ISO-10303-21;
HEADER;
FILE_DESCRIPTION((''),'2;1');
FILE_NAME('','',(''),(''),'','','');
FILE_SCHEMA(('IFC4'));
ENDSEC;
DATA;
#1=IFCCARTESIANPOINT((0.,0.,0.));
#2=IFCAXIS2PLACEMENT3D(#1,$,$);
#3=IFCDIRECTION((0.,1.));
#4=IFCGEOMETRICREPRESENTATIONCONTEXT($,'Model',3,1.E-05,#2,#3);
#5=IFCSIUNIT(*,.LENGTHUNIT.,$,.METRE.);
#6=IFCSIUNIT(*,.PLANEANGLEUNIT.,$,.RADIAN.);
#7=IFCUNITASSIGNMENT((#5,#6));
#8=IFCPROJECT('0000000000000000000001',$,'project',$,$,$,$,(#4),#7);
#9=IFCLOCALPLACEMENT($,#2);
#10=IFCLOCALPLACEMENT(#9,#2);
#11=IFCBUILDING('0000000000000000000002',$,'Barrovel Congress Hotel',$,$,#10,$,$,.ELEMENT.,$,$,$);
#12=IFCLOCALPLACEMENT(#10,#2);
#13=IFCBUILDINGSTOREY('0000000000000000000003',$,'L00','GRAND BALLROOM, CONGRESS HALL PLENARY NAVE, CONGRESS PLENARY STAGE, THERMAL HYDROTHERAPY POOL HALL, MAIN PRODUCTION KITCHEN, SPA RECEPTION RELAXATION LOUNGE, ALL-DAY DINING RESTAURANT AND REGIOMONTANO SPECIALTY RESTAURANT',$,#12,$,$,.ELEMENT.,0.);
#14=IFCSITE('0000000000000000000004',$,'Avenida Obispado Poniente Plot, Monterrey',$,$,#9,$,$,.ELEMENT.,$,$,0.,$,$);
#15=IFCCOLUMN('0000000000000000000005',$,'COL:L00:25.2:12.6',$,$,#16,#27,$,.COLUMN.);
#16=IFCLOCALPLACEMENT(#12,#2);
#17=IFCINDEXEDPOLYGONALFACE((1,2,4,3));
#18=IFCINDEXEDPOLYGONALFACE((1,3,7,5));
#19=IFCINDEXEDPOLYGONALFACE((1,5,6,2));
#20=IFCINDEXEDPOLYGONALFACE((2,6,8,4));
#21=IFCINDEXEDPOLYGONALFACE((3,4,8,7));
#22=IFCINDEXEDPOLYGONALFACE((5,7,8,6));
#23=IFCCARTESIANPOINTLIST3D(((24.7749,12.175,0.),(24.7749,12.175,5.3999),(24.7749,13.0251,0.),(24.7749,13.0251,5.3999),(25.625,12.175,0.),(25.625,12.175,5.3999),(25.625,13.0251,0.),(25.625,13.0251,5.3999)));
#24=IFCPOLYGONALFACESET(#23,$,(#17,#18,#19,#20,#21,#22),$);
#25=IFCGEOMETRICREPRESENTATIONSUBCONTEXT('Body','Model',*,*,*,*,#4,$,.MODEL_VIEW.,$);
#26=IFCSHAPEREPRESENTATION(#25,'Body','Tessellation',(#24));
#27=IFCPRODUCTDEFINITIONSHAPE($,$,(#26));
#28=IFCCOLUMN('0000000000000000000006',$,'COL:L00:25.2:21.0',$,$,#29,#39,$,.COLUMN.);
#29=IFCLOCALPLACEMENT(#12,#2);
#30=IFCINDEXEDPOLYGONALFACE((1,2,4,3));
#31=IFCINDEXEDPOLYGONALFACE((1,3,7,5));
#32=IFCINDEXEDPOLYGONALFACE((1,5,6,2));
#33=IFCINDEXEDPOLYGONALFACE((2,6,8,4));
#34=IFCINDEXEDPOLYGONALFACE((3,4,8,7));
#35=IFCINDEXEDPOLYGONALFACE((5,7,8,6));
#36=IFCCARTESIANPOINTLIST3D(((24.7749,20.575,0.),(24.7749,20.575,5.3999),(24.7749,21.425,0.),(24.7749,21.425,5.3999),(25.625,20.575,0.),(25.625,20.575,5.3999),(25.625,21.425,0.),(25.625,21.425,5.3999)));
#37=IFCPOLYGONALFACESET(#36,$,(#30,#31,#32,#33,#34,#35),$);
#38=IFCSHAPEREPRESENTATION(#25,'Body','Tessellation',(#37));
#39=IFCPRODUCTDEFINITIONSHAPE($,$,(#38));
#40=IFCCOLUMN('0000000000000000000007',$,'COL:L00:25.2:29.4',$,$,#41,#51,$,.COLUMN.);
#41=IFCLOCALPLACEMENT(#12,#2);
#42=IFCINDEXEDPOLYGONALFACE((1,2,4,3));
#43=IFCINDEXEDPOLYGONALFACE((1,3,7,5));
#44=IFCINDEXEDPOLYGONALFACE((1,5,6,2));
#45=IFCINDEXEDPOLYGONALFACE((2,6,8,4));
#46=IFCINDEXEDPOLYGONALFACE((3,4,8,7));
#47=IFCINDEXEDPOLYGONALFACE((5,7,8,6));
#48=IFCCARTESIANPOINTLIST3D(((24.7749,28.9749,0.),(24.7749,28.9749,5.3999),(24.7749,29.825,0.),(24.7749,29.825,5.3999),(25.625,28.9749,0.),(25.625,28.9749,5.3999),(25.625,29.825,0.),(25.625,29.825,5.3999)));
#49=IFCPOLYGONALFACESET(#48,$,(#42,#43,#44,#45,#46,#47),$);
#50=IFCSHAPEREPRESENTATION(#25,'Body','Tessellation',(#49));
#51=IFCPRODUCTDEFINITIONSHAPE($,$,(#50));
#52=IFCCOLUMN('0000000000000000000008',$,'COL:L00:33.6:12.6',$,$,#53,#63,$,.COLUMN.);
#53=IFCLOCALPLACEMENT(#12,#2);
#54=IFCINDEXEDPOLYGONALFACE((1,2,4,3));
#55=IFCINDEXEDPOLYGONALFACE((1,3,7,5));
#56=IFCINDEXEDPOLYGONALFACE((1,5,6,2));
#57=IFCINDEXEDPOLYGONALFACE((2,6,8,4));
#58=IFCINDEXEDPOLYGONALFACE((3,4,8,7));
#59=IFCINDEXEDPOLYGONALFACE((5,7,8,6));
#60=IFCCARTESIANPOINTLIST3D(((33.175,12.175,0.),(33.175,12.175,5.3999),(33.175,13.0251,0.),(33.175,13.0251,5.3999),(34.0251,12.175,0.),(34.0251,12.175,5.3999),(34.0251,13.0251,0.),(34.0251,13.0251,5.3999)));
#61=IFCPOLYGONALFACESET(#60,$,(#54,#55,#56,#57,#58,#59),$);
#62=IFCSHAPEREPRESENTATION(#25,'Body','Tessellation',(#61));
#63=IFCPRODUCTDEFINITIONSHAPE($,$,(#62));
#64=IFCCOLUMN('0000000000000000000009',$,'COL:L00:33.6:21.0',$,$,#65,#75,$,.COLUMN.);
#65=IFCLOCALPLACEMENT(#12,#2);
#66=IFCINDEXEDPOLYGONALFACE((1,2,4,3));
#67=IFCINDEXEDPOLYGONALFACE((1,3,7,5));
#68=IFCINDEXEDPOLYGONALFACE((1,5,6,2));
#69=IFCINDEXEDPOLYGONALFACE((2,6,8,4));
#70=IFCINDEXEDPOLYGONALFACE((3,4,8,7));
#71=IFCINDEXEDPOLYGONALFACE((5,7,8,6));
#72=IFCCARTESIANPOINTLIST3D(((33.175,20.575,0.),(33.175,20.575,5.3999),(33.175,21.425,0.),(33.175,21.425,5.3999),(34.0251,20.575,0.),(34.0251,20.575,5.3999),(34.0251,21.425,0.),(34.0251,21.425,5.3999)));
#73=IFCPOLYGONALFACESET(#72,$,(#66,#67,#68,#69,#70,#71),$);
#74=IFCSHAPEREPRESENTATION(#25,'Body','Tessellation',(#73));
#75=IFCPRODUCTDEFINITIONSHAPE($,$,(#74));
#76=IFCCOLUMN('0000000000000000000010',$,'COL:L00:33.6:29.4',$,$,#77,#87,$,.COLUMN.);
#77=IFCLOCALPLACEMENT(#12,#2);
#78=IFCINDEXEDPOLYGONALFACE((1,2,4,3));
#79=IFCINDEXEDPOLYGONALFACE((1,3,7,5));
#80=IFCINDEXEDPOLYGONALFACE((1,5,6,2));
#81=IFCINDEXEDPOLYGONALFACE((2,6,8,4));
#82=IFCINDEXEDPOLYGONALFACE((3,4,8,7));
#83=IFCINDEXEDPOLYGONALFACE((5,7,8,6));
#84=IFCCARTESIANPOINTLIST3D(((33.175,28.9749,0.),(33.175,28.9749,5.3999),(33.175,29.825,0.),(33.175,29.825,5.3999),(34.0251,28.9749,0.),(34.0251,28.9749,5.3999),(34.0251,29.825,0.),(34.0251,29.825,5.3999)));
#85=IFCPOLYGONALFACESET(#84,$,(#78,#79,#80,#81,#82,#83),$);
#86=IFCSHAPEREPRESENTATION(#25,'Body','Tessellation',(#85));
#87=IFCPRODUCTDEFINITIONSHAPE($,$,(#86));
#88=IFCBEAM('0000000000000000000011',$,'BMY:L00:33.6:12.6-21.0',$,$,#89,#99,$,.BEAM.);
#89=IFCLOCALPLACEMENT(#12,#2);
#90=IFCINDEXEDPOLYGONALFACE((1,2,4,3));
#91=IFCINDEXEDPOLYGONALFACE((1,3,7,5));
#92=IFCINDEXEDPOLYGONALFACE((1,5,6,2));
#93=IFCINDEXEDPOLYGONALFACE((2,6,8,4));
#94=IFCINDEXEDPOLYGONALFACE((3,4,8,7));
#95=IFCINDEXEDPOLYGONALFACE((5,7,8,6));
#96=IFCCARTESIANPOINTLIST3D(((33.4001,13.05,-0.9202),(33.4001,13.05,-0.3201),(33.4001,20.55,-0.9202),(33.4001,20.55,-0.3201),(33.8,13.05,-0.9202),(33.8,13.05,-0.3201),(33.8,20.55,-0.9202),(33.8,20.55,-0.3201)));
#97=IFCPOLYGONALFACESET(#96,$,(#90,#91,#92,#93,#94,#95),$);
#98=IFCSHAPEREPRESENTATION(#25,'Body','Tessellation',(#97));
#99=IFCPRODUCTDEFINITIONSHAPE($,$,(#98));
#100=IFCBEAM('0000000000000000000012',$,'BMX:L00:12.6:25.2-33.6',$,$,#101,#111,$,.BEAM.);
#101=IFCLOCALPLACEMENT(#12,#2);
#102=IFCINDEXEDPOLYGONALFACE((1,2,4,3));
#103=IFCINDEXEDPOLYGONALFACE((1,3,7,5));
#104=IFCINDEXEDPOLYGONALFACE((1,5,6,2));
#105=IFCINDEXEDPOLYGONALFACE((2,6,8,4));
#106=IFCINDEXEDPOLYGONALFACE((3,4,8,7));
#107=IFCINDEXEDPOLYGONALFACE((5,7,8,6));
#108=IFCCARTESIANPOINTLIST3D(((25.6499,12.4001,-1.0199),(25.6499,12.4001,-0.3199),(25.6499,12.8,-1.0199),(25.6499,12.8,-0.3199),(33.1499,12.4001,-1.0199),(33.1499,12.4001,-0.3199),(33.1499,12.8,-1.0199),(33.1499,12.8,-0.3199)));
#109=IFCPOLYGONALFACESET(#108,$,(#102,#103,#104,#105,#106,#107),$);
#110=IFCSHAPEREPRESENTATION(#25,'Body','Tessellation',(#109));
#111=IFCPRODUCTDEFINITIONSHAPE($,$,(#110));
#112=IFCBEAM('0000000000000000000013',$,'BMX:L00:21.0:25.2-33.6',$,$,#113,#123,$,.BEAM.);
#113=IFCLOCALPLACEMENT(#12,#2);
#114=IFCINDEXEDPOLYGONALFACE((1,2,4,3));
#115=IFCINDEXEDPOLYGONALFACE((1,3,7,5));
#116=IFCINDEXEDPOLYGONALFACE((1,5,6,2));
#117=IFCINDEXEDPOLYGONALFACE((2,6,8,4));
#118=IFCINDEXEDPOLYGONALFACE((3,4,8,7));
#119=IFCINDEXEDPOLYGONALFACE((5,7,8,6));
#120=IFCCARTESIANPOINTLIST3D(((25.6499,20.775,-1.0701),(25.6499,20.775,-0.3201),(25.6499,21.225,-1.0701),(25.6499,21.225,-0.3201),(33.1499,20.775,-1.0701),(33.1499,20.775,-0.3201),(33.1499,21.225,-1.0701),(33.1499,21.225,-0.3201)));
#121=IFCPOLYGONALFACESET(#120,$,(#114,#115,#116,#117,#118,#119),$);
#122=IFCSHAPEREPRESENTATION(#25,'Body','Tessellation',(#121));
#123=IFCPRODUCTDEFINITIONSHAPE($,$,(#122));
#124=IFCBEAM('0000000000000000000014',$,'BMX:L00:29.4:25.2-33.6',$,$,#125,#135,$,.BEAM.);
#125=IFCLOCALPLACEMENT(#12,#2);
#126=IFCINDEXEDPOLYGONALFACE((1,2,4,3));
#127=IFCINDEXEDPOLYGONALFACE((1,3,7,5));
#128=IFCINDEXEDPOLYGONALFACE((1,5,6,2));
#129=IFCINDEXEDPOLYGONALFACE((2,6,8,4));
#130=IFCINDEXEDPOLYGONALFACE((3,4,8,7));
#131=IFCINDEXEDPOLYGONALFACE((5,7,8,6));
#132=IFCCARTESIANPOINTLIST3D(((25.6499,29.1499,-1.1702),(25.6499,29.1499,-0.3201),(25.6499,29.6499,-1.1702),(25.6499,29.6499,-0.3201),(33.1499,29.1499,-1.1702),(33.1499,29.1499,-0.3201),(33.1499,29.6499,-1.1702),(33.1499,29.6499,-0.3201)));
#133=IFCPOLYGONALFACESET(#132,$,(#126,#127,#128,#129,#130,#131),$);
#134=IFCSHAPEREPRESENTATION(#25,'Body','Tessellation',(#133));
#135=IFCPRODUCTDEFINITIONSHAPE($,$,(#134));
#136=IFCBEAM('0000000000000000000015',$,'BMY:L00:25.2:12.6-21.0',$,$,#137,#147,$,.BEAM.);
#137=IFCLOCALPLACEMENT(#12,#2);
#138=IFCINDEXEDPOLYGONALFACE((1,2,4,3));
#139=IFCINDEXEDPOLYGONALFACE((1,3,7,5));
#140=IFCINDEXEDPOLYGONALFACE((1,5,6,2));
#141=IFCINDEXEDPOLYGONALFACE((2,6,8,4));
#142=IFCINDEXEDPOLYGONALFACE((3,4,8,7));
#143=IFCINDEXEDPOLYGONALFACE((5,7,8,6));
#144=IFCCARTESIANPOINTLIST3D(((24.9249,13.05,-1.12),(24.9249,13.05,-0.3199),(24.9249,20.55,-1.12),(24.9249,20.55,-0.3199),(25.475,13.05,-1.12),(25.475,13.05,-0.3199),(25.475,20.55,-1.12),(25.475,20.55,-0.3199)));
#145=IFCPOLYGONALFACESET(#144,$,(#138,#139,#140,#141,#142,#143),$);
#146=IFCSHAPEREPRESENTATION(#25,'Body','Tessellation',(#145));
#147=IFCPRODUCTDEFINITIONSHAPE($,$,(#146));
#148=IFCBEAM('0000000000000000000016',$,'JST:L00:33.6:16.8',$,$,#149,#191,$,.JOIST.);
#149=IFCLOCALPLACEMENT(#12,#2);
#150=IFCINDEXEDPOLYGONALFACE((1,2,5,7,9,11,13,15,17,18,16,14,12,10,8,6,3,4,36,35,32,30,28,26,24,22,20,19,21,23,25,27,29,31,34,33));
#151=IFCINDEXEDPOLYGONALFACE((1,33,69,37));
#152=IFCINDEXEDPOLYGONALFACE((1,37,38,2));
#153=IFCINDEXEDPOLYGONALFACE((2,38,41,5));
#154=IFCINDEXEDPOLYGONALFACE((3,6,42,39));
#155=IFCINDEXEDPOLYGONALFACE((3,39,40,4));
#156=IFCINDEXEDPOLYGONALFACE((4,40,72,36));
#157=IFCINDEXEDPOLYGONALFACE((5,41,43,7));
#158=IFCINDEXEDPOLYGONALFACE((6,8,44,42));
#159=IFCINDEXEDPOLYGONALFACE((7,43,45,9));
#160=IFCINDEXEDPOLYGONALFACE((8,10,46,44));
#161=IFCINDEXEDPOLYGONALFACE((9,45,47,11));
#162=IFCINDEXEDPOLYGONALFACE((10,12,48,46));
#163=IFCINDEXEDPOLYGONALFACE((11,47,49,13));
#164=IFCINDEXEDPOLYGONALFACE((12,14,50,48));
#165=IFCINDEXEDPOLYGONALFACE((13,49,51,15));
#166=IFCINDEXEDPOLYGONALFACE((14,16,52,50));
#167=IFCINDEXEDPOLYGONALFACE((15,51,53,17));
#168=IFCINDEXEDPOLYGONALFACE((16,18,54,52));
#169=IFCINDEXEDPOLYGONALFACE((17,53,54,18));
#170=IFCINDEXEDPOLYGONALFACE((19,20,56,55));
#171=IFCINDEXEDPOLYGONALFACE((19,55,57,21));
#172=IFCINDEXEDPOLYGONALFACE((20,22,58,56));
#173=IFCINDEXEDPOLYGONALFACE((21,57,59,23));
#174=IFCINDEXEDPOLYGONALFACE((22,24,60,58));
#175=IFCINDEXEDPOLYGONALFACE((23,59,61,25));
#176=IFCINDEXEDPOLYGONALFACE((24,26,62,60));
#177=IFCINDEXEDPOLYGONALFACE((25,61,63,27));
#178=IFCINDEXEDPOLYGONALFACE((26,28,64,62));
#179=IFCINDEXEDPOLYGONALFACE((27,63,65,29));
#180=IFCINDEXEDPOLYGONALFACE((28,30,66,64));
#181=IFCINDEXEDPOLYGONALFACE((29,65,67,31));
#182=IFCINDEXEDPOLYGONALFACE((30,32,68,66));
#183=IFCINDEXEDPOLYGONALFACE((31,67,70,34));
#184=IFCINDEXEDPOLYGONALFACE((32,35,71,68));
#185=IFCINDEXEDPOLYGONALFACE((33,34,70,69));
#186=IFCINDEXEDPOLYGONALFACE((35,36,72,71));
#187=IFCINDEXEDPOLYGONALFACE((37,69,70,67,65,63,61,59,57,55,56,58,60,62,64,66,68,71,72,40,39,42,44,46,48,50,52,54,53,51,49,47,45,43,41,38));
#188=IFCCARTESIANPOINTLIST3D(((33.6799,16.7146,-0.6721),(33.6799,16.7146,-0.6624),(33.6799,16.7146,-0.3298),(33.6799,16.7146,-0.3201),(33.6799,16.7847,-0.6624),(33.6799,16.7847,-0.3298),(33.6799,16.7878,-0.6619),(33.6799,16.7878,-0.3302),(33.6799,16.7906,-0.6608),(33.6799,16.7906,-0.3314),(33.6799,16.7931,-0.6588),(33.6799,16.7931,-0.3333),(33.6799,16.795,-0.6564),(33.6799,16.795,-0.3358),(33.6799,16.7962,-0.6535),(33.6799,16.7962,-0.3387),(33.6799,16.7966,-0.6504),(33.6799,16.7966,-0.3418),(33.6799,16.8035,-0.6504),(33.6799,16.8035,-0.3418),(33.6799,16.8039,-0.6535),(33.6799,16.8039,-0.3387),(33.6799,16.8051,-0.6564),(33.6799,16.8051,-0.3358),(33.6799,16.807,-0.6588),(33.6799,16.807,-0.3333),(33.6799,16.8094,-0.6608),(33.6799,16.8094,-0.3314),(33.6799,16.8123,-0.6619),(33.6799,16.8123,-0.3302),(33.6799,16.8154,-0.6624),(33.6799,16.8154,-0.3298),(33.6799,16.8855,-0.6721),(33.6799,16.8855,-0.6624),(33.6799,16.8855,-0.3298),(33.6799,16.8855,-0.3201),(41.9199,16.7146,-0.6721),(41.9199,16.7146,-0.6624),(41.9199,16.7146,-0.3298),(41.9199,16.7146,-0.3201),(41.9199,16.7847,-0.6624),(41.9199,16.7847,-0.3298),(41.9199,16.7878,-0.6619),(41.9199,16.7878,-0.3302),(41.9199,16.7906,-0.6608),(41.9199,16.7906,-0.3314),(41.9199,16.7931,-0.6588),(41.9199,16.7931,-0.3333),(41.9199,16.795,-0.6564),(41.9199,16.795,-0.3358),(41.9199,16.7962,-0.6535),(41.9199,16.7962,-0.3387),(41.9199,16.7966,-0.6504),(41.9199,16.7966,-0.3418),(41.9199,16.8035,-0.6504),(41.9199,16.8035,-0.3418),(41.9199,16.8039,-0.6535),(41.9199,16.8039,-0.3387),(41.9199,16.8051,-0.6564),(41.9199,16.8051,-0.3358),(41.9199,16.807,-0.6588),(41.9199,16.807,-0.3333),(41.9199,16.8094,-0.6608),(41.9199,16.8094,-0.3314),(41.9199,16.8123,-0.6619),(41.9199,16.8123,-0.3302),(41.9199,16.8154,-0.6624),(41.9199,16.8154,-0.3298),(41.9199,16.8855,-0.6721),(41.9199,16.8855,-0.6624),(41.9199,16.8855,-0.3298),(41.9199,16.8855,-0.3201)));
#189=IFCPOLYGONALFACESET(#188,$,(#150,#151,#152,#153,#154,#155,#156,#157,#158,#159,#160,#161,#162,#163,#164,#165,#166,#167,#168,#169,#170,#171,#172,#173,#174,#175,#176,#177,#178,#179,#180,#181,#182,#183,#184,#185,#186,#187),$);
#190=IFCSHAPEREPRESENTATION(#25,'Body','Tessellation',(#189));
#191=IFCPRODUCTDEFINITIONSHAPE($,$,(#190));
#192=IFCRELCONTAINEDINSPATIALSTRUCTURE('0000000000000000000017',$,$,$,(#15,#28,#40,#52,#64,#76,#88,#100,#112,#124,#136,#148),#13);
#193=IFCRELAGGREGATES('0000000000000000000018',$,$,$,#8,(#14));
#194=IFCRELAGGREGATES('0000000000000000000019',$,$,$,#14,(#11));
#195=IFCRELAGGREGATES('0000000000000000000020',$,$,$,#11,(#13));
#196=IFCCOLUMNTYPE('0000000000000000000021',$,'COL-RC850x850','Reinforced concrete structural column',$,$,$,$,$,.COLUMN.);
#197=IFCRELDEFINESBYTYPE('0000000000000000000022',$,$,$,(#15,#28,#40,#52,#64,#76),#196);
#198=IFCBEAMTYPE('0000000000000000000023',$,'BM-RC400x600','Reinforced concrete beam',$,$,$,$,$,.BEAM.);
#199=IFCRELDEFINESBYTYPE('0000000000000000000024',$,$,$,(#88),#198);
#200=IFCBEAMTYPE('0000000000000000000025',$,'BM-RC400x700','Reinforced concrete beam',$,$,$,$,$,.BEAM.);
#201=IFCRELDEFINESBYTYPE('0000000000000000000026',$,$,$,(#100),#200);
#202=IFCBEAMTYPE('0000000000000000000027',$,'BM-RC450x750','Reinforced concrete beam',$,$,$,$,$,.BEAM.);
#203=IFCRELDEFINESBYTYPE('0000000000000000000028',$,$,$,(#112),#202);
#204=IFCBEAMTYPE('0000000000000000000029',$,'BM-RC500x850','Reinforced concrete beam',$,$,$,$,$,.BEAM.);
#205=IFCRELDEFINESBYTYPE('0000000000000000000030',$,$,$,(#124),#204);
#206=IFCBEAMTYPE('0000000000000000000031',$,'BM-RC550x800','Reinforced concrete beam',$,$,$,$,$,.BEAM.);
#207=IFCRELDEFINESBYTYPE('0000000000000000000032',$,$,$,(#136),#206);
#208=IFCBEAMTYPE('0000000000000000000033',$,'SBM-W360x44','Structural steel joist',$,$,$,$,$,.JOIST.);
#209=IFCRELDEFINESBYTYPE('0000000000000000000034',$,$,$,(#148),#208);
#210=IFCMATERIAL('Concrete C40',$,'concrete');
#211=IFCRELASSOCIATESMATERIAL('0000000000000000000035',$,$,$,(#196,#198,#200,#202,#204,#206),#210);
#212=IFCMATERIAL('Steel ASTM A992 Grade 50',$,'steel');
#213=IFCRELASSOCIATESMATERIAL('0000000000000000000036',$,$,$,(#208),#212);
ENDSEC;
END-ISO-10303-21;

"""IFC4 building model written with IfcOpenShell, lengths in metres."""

from ifc_helpers import new_model, si_unit, direction, frame, origin, origin_2d, place, context, subcontext, project, spatial, rectangle, i_section, extrude, material, material_profile, profile_set, type_object, element, save


model = new_model("IFC4")

# Units and contexts
model_context = context("Model", 3, precision=1e-05, world=origin(), true_north=direction((0.0, 1.0)))
body_context = subcontext(model_context, "Body", "Model", "MODEL_VIEW")
ifc_project = project(units=[si_unit("LENGTHUNIT", "METRE"), si_unit("PLANEANGLEUNIT", "RADIAN")], contexts=[model_context])

# Site, building, storey
site_placement = place(None, origin())
site = spatial("IfcSite", under=ifc_project, at=site_placement, Name="Avenida Obispado Poniente Plot, Monterrey", CompositionType="ELEMENT", RefElevation=0.0)
building_placement = place(site_placement, origin())
building = spatial("IfcBuilding", under=site, at=building_placement, Name="Barrovel Congress Hotel", CompositionType="ELEMENT")
storey_placement = place(building_placement, origin())
storey = spatial("IfcBuildingStorey", under=building, at=storey_placement, Name="L00", Description="GRAND BALLROOM, CONGRESS HALL PLENARY NAVE, CONGRESS PLENARY STAGE, THERMAL HYDROTHERAPY POOL HALL, MAIN PRODUCTION KITCHEN, SPA RECEPTION RELAXATION LOUNGE, ALL-DAY DINING RESTAURANT AND REGIOMONTANO SPECIALTY RESTAURANT", CompositionType="ELEMENT", Elevation=0.0)

# Columns
ifc_material_1 = material(Name="Concrete C40", Category="concrete")
ifc_material_profile_1 = material_profile(ifc_material_1, rectangle(XDim=0.8501, YDim=0.8501, at=origin_2d()), Name="RC850x850")
ifc_profile_set_1 = profile_set([ifc_material_profile_1], Name="Concrete C40")
column_type = type_object("IfcColumnType", Name="COL-RC850x850", Description="Reinforced concrete structural column", PredefinedType="COLUMN", material=ifc_profile_set_1)
for number, where, z_axis, x_axis, name in (
    (1, (25.2, 12.6001, 0.0), (0.0, 0.0, 1.0), (1.0, 0.0, 0.0), "COL:L00:25.2:12.6"),
    (2, (25.2, 21.0, 0.0), (0.0, 0.0, 1.0), (1.0, 0.0, 0.0), "COL:L00:25.2:21.0"),
    (3, (25.2, 29.3999, 0.0), (0.0, 0.0, 1.0), (1.0, 0.0, 0.0), "COL:L00:25.2:29.4"),
    (4, (33.6001, 12.6001, 0.0), (0.0, 0.0, 1.0), (1.0, 0.0, 0.0), "COL:L00:33.6:12.6"),
    (5, (33.6001, 21.0, 0.0), (0.0, 0.0, 1.0), (1.0, 0.0, 0.0), "COL:L00:33.6:21.0"),
    (6, (33.6001, 29.3999, 0.0), (0.0, 0.0, 1.0), (1.0, 0.0, 0.0), "COL:L00:33.6:29.4"),
):
    element("IfcColumn", number, at=place(storey_placement, frame(where, z_axis=z_axis, x_axis=x_axis)), inside=storey, type_object=column_type, Name=name, PredefinedType="COLUMN", context=body_context, shape_type="SweptSolid", body=[
        extrude(rectangle(XDim=0.8501, YDim=0.8501, at=origin_2d()), origin(), (0.0, 0.0, 1.0), 5.3999),
    ])

# Beams
ifc_material_profile_2 = material_profile(ifc_material_1, rectangle(XDim=0.3999, YDim=0.6001, at=origin_2d()), Name="RC400x600")
ifc_profile_set_2 = profile_set([ifc_material_profile_2], Name="Concrete C40")
beam_type_1 = type_object("IfcBeamType", Name="BM-RC400x600", Description="Reinforced concrete beam", PredefinedType="BEAM", material=ifc_profile_set_2)
beam_1_placement = place(storey_placement, frame((33.6001, 13.05, -0.6201), z_axis=(0.0, 1.0, 0.0), x_axis=(-1.0, 0.0, 0.0)))
element("IfcBeam", 7, at=beam_1_placement, inside=storey, type_object=beam_type_1, Name="BMY:L00:33.6:12.6-21.0", PredefinedType="BEAM", context=body_context, shape_type="SweptSolid", body=[
    extrude(rectangle(XDim=0.3999, YDim=0.6001, at=origin_2d()), origin(), (0.0, 0.0, 1.0), 7.5),
])
ifc_material_profile_3 = material_profile(ifc_material_1, rectangle(XDim=0.3999, YDim=0.7, at=origin_2d()), Name="RC400x700")
ifc_profile_set_3 = profile_set([ifc_material_profile_3], Name="Concrete C40")
beam_type_2 = type_object("IfcBeamType", Name="BM-RC400x700", Description="Reinforced concrete beam", PredefinedType="BEAM", material=ifc_profile_set_3)
beam_2_placement = place(storey_placement, frame((25.6499, 12.6001, -0.6699), z_axis=(1.0, 0.0, 0.0), x_axis=(0.0, 1.0, 0.0)))
element("IfcBeam", 8, at=beam_2_placement, inside=storey, type_object=beam_type_2, Name="BMX:L00:12.6:25.2-33.6", PredefinedType="BEAM", context=body_context, shape_type="SweptSolid", body=[
    extrude(rectangle(XDim=0.3999, YDim=0.7, at=origin_2d()), origin(), (0.0, 0.0, 1.0), 7.5),
])
ifc_material_profile_4 = material_profile(ifc_material_1, rectangle(XDim=0.45, YDim=0.75, at=origin_2d()), Name="RC450x750")
ifc_profile_set_4 = profile_set([ifc_material_profile_4], Name="Concrete C40")
beam_type_3 = type_object("IfcBeamType", Name="BM-RC450x750", Description="Reinforced concrete beam", PredefinedType="BEAM", material=ifc_profile_set_4)
beam_3_placement = place(storey_placement, frame((25.6499, 21.0, -0.6951), z_axis=(1.0, 0.0, 0.0), x_axis=(0.0, 1.0, 0.0)))
element("IfcBeam", 9, at=beam_3_placement, inside=storey, type_object=beam_type_3, Name="BMX:L00:21.0:25.2-33.6", PredefinedType="BEAM", context=body_context, shape_type="SweptSolid", body=[
    extrude(rectangle(XDim=0.45, YDim=0.75, at=origin_2d()), origin(), (0.0, 0.0, 1.0), 7.5),
])
ifc_material_profile_5 = material_profile(ifc_material_1, rectangle(XDim=0.5, YDim=0.8501, at=origin_2d()), Name="RC500x850")
ifc_profile_set_5 = profile_set([ifc_material_profile_5], Name="Concrete C40")
beam_type_4 = type_object("IfcBeamType", Name="BM-RC500x850", Description="Reinforced concrete beam", PredefinedType="BEAM", material=ifc_profile_set_5)
beam_4_placement = place(storey_placement, frame((25.6499, 29.3999, -0.7451), z_axis=(1.0, 0.0, 0.0), x_axis=(0.0, 1.0, 0.0)))
element("IfcBeam", 10, at=beam_4_placement, inside=storey, type_object=beam_type_4, Name="BMX:L00:29.4:25.2-33.6", PredefinedType="BEAM", context=body_context, shape_type="SweptSolid", body=[
    extrude(rectangle(XDim=0.5, YDim=0.8501, at=origin_2d()), origin(), (0.0, 0.0, 1.0), 7.5),
])
ifc_material_profile_6 = material_profile(ifc_material_1, rectangle(XDim=0.55, YDim=0.8, at=origin_2d()), Name="RC550x800")
ifc_profile_set_6 = profile_set([ifc_material_profile_6], Name="Concrete C40")
beam_type_5 = type_object("IfcBeamType", Name="BM-RC550x800", Description="Reinforced concrete beam", PredefinedType="BEAM", material=ifc_profile_set_6)
beam_5_placement = place(storey_placement, frame((25.2, 13.05, -0.72), z_axis=(0.0, 1.0, 0.0), x_axis=(-1.0, 0.0, 0.0)))
element("IfcBeam", 11, at=beam_5_placement, inside=storey, type_object=beam_type_5, Name="BMY:L00:25.2:12.6-21.0", PredefinedType="BEAM", context=body_context, shape_type="SweptSolid", body=[
    extrude(rectangle(XDim=0.55, YDim=0.8, at=origin_2d()), origin(), (0.0, 0.0, 1.0), 7.5),
])
ifc_material_2 = material(Name="Steel ASTM A992 Grade 50", Category="steel")
ifc_material_profile_7 = material_profile(ifc_material_2, i_section(OverallWidth=0.1709, OverallDepth=0.3521, WebThickness=0.0068, FlangeThickness=0.0098, FilletRadius=0.012, at=origin_2d()), Name="W360x44")
ifc_profile_set_7 = profile_set([ifc_material_profile_7], Name="Steel ASTM A992 Grade 50")
beam_type_6 = type_object("IfcBeamType", Name="SBM-W360x44", Description="Structural steel joist", PredefinedType="JOIST", material=ifc_profile_set_7)
beam_6_placement = place(storey_placement, frame((33.6799, 16.8, -0.4961), z_axis=(1.0, 0.0, 0.0), x_axis=(0.0, 1.0, 0.0)))
element("IfcBeam", 12, at=beam_6_placement, inside=storey, type_object=beam_type_6, Name="JST:L00:33.6:16.8", PredefinedType="JOIST", context=body_context, shape_type="SweptSolid", body=[
    extrude(i_section(OverallWidth=0.1709, OverallDepth=0.3521, WebThickness=0.0068, FlangeThickness=0.0098, FilletRadius=0.012, at=origin_2d()), origin(), (0.0, 0.0, 1.0), 8.24),
])

save(model, "model.ifc")
